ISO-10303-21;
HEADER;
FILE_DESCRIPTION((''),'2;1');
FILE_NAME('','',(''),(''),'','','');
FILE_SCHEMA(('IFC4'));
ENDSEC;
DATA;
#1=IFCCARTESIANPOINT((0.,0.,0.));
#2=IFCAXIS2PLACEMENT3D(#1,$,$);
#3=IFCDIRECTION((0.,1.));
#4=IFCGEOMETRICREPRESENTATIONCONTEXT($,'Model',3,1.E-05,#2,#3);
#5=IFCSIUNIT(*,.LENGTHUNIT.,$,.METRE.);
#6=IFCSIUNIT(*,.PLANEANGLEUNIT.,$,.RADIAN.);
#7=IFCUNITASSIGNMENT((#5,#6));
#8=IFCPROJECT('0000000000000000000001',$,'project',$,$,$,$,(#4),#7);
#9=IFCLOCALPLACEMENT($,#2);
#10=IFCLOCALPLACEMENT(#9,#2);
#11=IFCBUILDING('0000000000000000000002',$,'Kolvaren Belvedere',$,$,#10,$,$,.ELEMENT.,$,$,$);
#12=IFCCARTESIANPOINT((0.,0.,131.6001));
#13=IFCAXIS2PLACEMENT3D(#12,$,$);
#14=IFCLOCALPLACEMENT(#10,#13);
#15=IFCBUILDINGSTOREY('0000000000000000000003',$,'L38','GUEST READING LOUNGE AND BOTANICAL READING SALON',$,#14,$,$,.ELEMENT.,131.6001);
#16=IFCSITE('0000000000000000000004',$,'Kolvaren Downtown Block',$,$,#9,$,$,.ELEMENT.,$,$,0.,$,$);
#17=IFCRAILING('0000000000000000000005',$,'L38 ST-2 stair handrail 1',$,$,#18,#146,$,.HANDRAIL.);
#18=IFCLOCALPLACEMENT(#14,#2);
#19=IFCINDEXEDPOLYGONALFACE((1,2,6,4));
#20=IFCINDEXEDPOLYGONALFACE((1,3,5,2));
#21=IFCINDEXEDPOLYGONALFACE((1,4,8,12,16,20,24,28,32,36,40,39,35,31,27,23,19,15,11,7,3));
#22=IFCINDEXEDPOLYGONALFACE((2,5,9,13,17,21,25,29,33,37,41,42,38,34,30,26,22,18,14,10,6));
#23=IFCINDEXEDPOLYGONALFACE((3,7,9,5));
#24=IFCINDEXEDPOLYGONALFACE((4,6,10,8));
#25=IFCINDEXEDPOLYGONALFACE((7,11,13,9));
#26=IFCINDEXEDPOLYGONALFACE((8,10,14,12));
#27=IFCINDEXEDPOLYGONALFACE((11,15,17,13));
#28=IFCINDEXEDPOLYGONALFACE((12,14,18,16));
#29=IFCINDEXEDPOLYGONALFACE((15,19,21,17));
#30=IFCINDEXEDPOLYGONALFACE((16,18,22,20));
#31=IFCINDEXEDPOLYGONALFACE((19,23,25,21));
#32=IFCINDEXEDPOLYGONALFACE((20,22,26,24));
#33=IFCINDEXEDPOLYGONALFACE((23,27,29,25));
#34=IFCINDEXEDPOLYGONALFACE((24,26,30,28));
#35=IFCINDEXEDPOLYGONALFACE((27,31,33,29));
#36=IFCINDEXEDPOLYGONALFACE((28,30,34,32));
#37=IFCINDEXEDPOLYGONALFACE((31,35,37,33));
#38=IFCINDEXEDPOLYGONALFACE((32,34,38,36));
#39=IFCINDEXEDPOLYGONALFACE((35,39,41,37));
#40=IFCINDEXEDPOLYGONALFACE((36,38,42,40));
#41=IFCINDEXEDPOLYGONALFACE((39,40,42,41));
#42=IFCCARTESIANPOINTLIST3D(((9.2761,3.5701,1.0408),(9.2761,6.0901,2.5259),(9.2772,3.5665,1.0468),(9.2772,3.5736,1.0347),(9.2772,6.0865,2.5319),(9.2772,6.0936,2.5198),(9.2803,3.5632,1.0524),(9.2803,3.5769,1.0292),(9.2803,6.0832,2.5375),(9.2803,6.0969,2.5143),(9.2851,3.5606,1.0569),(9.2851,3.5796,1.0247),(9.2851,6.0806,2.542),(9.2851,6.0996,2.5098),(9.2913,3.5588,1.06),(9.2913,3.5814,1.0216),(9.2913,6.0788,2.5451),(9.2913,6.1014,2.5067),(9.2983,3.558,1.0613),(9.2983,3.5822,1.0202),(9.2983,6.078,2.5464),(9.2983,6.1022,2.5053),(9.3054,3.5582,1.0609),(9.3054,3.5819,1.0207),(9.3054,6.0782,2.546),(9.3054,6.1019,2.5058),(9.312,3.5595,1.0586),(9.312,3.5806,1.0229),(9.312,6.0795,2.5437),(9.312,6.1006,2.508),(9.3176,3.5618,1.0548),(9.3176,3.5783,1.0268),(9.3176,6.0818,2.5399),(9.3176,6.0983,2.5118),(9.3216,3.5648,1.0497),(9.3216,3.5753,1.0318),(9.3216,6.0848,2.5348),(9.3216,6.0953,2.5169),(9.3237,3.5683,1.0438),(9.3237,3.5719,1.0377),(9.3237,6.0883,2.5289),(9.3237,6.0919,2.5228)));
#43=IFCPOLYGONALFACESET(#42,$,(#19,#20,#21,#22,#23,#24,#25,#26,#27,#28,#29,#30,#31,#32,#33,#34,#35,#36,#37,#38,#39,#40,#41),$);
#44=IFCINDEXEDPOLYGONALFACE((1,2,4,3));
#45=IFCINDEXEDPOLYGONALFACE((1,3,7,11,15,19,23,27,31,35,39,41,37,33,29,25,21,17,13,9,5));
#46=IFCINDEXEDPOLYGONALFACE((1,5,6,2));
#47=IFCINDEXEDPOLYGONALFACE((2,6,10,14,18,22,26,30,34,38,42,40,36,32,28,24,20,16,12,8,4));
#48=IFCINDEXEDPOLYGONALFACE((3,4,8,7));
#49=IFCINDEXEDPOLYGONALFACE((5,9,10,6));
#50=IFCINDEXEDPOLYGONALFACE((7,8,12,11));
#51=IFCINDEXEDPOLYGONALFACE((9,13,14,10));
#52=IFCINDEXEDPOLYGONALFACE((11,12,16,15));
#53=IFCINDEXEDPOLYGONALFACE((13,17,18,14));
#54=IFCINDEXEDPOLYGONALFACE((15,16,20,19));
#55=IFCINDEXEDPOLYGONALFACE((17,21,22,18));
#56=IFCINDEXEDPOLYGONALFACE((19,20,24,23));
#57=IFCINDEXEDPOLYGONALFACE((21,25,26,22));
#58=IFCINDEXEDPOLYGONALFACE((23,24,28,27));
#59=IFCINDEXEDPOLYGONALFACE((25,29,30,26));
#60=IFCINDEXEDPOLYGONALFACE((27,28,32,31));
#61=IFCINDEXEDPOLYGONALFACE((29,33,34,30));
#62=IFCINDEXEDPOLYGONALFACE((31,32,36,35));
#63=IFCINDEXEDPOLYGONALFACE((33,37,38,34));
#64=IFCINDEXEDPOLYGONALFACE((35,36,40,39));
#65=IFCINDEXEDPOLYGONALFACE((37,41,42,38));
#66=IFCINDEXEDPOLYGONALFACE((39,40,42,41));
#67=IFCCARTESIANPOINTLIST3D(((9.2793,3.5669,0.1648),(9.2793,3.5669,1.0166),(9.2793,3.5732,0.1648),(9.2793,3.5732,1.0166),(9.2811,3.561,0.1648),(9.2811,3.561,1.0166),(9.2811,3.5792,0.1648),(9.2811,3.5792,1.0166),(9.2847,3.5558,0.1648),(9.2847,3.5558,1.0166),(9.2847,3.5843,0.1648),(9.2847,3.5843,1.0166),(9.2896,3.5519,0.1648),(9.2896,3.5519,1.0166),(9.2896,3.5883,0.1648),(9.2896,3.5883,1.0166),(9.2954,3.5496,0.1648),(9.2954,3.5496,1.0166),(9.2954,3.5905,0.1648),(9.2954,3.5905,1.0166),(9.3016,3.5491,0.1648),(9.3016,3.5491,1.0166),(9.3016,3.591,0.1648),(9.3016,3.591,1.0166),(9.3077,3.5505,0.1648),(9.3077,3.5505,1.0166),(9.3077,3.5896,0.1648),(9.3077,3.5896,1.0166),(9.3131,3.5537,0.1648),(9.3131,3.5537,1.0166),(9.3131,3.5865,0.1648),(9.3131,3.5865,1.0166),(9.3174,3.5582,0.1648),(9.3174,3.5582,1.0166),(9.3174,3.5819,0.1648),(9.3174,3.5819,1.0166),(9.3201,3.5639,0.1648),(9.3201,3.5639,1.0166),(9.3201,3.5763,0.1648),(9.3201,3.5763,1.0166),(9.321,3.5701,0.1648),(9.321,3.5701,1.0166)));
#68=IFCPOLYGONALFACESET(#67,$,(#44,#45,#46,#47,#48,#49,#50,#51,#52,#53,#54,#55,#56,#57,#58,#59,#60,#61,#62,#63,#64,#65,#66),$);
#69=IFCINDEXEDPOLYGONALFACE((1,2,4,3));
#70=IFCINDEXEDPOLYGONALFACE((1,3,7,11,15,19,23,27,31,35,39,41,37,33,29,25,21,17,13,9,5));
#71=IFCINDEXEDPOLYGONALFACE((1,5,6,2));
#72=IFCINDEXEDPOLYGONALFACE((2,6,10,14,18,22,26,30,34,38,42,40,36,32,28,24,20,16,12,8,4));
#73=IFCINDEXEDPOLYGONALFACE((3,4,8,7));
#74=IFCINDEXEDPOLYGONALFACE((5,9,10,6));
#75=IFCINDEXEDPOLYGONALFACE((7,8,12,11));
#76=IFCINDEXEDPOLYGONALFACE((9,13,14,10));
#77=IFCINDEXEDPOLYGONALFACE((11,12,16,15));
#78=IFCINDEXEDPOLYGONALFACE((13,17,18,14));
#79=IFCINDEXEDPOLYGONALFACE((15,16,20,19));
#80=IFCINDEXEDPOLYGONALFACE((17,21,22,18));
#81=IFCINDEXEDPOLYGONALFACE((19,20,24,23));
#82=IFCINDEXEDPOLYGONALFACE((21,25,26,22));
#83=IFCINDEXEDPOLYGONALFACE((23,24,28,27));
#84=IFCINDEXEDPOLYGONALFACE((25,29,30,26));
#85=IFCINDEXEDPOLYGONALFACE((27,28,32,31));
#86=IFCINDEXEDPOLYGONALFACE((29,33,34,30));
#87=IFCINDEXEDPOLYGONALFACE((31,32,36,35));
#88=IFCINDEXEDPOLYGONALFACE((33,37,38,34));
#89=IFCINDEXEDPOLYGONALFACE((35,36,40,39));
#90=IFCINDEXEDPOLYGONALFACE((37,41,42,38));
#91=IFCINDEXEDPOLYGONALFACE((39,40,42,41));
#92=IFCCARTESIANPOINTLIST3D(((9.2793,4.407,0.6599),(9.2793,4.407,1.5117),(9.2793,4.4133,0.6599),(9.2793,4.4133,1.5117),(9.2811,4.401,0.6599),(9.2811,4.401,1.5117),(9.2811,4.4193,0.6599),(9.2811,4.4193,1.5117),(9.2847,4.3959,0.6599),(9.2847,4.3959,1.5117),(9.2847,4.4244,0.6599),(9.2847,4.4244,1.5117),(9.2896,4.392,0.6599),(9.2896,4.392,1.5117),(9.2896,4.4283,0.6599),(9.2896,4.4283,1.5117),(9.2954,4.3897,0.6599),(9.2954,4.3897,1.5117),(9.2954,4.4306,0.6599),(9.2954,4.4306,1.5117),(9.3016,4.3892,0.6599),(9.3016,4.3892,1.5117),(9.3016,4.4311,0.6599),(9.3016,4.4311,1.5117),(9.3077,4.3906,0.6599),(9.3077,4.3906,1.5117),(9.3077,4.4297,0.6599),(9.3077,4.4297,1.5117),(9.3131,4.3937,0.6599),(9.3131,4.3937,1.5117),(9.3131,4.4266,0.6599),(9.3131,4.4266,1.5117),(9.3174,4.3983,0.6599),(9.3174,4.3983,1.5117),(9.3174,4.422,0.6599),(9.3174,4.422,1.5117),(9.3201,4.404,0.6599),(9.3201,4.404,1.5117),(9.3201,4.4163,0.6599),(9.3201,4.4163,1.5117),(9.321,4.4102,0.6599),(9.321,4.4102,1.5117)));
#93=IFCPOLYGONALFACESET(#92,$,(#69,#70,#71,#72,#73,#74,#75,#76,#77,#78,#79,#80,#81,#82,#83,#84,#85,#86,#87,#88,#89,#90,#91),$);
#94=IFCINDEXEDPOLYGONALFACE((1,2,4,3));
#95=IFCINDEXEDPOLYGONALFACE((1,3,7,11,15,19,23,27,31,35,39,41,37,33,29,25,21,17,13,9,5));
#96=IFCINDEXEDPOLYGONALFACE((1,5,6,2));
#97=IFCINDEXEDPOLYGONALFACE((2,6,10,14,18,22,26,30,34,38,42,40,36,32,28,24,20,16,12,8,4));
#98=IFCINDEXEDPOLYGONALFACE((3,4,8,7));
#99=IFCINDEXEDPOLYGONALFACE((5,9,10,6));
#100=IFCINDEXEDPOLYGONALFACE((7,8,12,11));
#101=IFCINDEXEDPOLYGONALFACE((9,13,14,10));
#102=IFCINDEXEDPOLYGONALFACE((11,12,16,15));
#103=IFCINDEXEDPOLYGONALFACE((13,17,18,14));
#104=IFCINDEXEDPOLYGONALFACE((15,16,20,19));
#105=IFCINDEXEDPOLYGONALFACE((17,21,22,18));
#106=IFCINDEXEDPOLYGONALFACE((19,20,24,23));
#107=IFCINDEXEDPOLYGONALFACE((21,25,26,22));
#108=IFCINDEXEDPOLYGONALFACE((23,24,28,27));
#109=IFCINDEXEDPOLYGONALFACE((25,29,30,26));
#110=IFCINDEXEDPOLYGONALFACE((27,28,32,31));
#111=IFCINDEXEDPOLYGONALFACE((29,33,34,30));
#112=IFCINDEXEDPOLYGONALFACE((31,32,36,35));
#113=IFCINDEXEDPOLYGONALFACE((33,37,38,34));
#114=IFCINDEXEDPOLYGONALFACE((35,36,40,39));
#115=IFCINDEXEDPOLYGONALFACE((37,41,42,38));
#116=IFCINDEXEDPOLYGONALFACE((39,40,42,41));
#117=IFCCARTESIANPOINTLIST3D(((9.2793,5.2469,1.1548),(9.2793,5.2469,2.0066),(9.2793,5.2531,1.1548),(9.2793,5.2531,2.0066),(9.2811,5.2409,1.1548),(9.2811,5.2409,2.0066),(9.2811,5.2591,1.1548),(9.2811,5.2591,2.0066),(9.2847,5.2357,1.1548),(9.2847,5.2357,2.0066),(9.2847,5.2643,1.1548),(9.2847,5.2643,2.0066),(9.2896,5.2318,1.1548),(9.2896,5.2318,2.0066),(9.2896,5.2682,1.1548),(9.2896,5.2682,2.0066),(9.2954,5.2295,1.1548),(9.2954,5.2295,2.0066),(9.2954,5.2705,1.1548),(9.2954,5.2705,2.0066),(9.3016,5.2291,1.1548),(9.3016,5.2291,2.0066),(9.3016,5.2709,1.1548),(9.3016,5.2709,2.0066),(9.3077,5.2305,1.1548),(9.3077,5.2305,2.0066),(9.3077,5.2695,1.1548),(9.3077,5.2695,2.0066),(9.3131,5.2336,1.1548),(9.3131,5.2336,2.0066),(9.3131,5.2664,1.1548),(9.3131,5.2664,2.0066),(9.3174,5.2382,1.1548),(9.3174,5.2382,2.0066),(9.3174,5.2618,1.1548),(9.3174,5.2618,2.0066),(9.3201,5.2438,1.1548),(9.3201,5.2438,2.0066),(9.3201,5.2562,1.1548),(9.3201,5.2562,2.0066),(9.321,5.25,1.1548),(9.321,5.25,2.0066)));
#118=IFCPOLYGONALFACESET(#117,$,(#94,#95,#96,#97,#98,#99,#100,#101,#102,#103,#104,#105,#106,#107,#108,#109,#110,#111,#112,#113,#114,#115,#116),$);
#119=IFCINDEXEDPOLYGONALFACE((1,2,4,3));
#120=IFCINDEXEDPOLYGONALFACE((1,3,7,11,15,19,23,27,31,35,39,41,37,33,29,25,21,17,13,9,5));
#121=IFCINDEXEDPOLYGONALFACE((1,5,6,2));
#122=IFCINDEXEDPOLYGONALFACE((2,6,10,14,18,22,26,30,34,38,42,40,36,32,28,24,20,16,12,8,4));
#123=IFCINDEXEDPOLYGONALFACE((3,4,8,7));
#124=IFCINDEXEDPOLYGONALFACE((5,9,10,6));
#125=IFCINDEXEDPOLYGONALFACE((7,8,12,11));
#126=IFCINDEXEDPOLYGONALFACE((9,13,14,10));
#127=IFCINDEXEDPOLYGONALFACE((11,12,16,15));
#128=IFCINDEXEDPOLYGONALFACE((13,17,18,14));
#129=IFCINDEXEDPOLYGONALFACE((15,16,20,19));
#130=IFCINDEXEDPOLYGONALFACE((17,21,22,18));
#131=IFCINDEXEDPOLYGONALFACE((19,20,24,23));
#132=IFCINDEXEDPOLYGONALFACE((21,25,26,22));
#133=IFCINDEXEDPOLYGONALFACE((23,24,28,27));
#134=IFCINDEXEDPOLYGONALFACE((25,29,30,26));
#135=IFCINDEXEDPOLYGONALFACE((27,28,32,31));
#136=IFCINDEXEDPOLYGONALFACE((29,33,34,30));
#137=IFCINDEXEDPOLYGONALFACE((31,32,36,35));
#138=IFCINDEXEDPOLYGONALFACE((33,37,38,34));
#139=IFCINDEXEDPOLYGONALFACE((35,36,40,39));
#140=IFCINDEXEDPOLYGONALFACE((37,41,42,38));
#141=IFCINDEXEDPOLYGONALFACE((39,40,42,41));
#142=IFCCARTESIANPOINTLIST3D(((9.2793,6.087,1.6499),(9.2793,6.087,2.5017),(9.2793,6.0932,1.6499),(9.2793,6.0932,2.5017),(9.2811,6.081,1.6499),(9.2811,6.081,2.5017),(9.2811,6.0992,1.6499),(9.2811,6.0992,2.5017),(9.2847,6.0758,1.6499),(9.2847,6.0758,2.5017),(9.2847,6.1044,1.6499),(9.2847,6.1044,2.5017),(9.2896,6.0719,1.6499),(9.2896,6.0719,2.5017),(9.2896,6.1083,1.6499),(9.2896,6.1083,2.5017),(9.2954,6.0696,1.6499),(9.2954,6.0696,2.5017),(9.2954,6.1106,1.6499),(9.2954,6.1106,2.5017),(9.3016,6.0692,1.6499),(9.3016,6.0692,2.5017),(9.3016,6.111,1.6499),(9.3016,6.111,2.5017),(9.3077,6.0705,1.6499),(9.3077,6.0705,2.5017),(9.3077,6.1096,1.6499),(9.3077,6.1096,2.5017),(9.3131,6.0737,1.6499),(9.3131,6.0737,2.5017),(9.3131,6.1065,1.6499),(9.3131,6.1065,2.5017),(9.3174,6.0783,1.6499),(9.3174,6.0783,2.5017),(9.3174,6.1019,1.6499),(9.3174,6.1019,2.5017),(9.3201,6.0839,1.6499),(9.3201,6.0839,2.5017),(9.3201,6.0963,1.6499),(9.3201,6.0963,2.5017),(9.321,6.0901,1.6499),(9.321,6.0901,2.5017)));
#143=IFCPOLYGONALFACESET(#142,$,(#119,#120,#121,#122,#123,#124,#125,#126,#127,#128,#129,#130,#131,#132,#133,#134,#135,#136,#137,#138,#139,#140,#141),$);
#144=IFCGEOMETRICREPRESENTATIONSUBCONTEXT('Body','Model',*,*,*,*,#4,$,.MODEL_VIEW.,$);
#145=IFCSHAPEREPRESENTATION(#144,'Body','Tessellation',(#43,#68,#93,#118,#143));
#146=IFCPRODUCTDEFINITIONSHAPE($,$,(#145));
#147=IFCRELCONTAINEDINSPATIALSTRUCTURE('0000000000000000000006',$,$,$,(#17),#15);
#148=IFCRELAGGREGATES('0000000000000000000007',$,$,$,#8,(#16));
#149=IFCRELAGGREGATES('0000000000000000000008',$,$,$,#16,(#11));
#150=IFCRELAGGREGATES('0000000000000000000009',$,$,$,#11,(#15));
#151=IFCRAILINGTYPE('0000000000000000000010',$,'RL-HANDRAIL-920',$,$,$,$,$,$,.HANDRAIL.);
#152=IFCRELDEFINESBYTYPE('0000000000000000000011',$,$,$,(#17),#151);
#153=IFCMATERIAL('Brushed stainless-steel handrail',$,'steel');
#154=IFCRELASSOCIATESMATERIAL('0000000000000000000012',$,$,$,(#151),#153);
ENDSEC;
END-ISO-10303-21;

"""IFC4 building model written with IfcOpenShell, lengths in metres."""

from ifc_helpers import new_model, si_unit, direction, frame, origin, origin_2d, place, context, subcontext, project, spatial, circle, extrude, material, type_object, element, save


model = new_model("IFC4")

# Units and contexts
model_context = context("Model", 3, precision=1e-05, world=origin(), true_north=direction((0.0, 1.0)))
body_context = subcontext(model_context, "Body", "Model", "MODEL_VIEW")
ifc_project = project(units=[si_unit("LENGTHUNIT", "METRE"), si_unit("PLANEANGLEUNIT", "RADIAN")], contexts=[model_context])

# Site, building, storey
site_placement = place(None, origin())
site = spatial("IfcSite", under=ifc_project, at=site_placement, Name="Kolvaren Downtown Block", CompositionType="ELEMENT", RefElevation=0.0)
building_placement = place(site_placement, origin())
building = spatial("IfcBuilding", under=site, at=building_placement, Name="Kolvaren Belvedere", CompositionType="ELEMENT")
storey_placement = place(building_placement, frame((0.0, 0.0, 131.6001)))
storey = spatial("IfcBuildingStorey", under=building, at=storey_placement, Name="L38", Description="GUEST READING LOUNGE AND BOTANICAL READING SALON", CompositionType="ELEMENT", Elevation=131.6001)

# Railing
ifc_material_1 = material(Name="Brushed stainless-steel handrail", Category="steel")
railing_type_1 = type_object("IfcRailingType", Name="RL-HANDRAIL-920", PredefinedType="HANDRAIL", material=ifc_material_1)
railing_1_placement = place(storey_placement, frame((9.3, 3.5701, 0.1648)))
element("IfcRailing", 1, at=railing_1_placement, inside=storey, type_object=railing_type_1, Name="L38 ST-2 stair handrail 1", PredefinedType="HANDRAIL", context=body_context, shape_type="SweptSolid", body=[
    extrude(circle(Radius=0.0239, at=origin_2d()), frame((0.0, 0.0, 0.876), z_axis=(0.0, 0.861524, 0.507717), x_axis=(-1.0, 0.0, 0.0)), (0.0, 0.0, 1.0), 2.925),
    extrude(circle(Radius=0.021, at=origin_2d()), origin(), (0.0, 0.0, 1.0), 0.8518),
    extrude(circle(Radius=0.021, at=origin_2d()), frame((0.0, 0.8401, 0.4951)), (0.0, 0.0, 1.0), 0.8518),
    extrude(circle(Radius=0.021, at=origin_2d()), frame((0.0, 1.6799, 0.99)), (0.0, 0.0, 1.0), 0.8518),
    extrude(circle(Radius=0.021, at=origin_2d()), frame((0.0, 2.52, 1.4851)), (0.0, 0.0, 1.0), 0.8518),
])

save(model, "model.ifc")
